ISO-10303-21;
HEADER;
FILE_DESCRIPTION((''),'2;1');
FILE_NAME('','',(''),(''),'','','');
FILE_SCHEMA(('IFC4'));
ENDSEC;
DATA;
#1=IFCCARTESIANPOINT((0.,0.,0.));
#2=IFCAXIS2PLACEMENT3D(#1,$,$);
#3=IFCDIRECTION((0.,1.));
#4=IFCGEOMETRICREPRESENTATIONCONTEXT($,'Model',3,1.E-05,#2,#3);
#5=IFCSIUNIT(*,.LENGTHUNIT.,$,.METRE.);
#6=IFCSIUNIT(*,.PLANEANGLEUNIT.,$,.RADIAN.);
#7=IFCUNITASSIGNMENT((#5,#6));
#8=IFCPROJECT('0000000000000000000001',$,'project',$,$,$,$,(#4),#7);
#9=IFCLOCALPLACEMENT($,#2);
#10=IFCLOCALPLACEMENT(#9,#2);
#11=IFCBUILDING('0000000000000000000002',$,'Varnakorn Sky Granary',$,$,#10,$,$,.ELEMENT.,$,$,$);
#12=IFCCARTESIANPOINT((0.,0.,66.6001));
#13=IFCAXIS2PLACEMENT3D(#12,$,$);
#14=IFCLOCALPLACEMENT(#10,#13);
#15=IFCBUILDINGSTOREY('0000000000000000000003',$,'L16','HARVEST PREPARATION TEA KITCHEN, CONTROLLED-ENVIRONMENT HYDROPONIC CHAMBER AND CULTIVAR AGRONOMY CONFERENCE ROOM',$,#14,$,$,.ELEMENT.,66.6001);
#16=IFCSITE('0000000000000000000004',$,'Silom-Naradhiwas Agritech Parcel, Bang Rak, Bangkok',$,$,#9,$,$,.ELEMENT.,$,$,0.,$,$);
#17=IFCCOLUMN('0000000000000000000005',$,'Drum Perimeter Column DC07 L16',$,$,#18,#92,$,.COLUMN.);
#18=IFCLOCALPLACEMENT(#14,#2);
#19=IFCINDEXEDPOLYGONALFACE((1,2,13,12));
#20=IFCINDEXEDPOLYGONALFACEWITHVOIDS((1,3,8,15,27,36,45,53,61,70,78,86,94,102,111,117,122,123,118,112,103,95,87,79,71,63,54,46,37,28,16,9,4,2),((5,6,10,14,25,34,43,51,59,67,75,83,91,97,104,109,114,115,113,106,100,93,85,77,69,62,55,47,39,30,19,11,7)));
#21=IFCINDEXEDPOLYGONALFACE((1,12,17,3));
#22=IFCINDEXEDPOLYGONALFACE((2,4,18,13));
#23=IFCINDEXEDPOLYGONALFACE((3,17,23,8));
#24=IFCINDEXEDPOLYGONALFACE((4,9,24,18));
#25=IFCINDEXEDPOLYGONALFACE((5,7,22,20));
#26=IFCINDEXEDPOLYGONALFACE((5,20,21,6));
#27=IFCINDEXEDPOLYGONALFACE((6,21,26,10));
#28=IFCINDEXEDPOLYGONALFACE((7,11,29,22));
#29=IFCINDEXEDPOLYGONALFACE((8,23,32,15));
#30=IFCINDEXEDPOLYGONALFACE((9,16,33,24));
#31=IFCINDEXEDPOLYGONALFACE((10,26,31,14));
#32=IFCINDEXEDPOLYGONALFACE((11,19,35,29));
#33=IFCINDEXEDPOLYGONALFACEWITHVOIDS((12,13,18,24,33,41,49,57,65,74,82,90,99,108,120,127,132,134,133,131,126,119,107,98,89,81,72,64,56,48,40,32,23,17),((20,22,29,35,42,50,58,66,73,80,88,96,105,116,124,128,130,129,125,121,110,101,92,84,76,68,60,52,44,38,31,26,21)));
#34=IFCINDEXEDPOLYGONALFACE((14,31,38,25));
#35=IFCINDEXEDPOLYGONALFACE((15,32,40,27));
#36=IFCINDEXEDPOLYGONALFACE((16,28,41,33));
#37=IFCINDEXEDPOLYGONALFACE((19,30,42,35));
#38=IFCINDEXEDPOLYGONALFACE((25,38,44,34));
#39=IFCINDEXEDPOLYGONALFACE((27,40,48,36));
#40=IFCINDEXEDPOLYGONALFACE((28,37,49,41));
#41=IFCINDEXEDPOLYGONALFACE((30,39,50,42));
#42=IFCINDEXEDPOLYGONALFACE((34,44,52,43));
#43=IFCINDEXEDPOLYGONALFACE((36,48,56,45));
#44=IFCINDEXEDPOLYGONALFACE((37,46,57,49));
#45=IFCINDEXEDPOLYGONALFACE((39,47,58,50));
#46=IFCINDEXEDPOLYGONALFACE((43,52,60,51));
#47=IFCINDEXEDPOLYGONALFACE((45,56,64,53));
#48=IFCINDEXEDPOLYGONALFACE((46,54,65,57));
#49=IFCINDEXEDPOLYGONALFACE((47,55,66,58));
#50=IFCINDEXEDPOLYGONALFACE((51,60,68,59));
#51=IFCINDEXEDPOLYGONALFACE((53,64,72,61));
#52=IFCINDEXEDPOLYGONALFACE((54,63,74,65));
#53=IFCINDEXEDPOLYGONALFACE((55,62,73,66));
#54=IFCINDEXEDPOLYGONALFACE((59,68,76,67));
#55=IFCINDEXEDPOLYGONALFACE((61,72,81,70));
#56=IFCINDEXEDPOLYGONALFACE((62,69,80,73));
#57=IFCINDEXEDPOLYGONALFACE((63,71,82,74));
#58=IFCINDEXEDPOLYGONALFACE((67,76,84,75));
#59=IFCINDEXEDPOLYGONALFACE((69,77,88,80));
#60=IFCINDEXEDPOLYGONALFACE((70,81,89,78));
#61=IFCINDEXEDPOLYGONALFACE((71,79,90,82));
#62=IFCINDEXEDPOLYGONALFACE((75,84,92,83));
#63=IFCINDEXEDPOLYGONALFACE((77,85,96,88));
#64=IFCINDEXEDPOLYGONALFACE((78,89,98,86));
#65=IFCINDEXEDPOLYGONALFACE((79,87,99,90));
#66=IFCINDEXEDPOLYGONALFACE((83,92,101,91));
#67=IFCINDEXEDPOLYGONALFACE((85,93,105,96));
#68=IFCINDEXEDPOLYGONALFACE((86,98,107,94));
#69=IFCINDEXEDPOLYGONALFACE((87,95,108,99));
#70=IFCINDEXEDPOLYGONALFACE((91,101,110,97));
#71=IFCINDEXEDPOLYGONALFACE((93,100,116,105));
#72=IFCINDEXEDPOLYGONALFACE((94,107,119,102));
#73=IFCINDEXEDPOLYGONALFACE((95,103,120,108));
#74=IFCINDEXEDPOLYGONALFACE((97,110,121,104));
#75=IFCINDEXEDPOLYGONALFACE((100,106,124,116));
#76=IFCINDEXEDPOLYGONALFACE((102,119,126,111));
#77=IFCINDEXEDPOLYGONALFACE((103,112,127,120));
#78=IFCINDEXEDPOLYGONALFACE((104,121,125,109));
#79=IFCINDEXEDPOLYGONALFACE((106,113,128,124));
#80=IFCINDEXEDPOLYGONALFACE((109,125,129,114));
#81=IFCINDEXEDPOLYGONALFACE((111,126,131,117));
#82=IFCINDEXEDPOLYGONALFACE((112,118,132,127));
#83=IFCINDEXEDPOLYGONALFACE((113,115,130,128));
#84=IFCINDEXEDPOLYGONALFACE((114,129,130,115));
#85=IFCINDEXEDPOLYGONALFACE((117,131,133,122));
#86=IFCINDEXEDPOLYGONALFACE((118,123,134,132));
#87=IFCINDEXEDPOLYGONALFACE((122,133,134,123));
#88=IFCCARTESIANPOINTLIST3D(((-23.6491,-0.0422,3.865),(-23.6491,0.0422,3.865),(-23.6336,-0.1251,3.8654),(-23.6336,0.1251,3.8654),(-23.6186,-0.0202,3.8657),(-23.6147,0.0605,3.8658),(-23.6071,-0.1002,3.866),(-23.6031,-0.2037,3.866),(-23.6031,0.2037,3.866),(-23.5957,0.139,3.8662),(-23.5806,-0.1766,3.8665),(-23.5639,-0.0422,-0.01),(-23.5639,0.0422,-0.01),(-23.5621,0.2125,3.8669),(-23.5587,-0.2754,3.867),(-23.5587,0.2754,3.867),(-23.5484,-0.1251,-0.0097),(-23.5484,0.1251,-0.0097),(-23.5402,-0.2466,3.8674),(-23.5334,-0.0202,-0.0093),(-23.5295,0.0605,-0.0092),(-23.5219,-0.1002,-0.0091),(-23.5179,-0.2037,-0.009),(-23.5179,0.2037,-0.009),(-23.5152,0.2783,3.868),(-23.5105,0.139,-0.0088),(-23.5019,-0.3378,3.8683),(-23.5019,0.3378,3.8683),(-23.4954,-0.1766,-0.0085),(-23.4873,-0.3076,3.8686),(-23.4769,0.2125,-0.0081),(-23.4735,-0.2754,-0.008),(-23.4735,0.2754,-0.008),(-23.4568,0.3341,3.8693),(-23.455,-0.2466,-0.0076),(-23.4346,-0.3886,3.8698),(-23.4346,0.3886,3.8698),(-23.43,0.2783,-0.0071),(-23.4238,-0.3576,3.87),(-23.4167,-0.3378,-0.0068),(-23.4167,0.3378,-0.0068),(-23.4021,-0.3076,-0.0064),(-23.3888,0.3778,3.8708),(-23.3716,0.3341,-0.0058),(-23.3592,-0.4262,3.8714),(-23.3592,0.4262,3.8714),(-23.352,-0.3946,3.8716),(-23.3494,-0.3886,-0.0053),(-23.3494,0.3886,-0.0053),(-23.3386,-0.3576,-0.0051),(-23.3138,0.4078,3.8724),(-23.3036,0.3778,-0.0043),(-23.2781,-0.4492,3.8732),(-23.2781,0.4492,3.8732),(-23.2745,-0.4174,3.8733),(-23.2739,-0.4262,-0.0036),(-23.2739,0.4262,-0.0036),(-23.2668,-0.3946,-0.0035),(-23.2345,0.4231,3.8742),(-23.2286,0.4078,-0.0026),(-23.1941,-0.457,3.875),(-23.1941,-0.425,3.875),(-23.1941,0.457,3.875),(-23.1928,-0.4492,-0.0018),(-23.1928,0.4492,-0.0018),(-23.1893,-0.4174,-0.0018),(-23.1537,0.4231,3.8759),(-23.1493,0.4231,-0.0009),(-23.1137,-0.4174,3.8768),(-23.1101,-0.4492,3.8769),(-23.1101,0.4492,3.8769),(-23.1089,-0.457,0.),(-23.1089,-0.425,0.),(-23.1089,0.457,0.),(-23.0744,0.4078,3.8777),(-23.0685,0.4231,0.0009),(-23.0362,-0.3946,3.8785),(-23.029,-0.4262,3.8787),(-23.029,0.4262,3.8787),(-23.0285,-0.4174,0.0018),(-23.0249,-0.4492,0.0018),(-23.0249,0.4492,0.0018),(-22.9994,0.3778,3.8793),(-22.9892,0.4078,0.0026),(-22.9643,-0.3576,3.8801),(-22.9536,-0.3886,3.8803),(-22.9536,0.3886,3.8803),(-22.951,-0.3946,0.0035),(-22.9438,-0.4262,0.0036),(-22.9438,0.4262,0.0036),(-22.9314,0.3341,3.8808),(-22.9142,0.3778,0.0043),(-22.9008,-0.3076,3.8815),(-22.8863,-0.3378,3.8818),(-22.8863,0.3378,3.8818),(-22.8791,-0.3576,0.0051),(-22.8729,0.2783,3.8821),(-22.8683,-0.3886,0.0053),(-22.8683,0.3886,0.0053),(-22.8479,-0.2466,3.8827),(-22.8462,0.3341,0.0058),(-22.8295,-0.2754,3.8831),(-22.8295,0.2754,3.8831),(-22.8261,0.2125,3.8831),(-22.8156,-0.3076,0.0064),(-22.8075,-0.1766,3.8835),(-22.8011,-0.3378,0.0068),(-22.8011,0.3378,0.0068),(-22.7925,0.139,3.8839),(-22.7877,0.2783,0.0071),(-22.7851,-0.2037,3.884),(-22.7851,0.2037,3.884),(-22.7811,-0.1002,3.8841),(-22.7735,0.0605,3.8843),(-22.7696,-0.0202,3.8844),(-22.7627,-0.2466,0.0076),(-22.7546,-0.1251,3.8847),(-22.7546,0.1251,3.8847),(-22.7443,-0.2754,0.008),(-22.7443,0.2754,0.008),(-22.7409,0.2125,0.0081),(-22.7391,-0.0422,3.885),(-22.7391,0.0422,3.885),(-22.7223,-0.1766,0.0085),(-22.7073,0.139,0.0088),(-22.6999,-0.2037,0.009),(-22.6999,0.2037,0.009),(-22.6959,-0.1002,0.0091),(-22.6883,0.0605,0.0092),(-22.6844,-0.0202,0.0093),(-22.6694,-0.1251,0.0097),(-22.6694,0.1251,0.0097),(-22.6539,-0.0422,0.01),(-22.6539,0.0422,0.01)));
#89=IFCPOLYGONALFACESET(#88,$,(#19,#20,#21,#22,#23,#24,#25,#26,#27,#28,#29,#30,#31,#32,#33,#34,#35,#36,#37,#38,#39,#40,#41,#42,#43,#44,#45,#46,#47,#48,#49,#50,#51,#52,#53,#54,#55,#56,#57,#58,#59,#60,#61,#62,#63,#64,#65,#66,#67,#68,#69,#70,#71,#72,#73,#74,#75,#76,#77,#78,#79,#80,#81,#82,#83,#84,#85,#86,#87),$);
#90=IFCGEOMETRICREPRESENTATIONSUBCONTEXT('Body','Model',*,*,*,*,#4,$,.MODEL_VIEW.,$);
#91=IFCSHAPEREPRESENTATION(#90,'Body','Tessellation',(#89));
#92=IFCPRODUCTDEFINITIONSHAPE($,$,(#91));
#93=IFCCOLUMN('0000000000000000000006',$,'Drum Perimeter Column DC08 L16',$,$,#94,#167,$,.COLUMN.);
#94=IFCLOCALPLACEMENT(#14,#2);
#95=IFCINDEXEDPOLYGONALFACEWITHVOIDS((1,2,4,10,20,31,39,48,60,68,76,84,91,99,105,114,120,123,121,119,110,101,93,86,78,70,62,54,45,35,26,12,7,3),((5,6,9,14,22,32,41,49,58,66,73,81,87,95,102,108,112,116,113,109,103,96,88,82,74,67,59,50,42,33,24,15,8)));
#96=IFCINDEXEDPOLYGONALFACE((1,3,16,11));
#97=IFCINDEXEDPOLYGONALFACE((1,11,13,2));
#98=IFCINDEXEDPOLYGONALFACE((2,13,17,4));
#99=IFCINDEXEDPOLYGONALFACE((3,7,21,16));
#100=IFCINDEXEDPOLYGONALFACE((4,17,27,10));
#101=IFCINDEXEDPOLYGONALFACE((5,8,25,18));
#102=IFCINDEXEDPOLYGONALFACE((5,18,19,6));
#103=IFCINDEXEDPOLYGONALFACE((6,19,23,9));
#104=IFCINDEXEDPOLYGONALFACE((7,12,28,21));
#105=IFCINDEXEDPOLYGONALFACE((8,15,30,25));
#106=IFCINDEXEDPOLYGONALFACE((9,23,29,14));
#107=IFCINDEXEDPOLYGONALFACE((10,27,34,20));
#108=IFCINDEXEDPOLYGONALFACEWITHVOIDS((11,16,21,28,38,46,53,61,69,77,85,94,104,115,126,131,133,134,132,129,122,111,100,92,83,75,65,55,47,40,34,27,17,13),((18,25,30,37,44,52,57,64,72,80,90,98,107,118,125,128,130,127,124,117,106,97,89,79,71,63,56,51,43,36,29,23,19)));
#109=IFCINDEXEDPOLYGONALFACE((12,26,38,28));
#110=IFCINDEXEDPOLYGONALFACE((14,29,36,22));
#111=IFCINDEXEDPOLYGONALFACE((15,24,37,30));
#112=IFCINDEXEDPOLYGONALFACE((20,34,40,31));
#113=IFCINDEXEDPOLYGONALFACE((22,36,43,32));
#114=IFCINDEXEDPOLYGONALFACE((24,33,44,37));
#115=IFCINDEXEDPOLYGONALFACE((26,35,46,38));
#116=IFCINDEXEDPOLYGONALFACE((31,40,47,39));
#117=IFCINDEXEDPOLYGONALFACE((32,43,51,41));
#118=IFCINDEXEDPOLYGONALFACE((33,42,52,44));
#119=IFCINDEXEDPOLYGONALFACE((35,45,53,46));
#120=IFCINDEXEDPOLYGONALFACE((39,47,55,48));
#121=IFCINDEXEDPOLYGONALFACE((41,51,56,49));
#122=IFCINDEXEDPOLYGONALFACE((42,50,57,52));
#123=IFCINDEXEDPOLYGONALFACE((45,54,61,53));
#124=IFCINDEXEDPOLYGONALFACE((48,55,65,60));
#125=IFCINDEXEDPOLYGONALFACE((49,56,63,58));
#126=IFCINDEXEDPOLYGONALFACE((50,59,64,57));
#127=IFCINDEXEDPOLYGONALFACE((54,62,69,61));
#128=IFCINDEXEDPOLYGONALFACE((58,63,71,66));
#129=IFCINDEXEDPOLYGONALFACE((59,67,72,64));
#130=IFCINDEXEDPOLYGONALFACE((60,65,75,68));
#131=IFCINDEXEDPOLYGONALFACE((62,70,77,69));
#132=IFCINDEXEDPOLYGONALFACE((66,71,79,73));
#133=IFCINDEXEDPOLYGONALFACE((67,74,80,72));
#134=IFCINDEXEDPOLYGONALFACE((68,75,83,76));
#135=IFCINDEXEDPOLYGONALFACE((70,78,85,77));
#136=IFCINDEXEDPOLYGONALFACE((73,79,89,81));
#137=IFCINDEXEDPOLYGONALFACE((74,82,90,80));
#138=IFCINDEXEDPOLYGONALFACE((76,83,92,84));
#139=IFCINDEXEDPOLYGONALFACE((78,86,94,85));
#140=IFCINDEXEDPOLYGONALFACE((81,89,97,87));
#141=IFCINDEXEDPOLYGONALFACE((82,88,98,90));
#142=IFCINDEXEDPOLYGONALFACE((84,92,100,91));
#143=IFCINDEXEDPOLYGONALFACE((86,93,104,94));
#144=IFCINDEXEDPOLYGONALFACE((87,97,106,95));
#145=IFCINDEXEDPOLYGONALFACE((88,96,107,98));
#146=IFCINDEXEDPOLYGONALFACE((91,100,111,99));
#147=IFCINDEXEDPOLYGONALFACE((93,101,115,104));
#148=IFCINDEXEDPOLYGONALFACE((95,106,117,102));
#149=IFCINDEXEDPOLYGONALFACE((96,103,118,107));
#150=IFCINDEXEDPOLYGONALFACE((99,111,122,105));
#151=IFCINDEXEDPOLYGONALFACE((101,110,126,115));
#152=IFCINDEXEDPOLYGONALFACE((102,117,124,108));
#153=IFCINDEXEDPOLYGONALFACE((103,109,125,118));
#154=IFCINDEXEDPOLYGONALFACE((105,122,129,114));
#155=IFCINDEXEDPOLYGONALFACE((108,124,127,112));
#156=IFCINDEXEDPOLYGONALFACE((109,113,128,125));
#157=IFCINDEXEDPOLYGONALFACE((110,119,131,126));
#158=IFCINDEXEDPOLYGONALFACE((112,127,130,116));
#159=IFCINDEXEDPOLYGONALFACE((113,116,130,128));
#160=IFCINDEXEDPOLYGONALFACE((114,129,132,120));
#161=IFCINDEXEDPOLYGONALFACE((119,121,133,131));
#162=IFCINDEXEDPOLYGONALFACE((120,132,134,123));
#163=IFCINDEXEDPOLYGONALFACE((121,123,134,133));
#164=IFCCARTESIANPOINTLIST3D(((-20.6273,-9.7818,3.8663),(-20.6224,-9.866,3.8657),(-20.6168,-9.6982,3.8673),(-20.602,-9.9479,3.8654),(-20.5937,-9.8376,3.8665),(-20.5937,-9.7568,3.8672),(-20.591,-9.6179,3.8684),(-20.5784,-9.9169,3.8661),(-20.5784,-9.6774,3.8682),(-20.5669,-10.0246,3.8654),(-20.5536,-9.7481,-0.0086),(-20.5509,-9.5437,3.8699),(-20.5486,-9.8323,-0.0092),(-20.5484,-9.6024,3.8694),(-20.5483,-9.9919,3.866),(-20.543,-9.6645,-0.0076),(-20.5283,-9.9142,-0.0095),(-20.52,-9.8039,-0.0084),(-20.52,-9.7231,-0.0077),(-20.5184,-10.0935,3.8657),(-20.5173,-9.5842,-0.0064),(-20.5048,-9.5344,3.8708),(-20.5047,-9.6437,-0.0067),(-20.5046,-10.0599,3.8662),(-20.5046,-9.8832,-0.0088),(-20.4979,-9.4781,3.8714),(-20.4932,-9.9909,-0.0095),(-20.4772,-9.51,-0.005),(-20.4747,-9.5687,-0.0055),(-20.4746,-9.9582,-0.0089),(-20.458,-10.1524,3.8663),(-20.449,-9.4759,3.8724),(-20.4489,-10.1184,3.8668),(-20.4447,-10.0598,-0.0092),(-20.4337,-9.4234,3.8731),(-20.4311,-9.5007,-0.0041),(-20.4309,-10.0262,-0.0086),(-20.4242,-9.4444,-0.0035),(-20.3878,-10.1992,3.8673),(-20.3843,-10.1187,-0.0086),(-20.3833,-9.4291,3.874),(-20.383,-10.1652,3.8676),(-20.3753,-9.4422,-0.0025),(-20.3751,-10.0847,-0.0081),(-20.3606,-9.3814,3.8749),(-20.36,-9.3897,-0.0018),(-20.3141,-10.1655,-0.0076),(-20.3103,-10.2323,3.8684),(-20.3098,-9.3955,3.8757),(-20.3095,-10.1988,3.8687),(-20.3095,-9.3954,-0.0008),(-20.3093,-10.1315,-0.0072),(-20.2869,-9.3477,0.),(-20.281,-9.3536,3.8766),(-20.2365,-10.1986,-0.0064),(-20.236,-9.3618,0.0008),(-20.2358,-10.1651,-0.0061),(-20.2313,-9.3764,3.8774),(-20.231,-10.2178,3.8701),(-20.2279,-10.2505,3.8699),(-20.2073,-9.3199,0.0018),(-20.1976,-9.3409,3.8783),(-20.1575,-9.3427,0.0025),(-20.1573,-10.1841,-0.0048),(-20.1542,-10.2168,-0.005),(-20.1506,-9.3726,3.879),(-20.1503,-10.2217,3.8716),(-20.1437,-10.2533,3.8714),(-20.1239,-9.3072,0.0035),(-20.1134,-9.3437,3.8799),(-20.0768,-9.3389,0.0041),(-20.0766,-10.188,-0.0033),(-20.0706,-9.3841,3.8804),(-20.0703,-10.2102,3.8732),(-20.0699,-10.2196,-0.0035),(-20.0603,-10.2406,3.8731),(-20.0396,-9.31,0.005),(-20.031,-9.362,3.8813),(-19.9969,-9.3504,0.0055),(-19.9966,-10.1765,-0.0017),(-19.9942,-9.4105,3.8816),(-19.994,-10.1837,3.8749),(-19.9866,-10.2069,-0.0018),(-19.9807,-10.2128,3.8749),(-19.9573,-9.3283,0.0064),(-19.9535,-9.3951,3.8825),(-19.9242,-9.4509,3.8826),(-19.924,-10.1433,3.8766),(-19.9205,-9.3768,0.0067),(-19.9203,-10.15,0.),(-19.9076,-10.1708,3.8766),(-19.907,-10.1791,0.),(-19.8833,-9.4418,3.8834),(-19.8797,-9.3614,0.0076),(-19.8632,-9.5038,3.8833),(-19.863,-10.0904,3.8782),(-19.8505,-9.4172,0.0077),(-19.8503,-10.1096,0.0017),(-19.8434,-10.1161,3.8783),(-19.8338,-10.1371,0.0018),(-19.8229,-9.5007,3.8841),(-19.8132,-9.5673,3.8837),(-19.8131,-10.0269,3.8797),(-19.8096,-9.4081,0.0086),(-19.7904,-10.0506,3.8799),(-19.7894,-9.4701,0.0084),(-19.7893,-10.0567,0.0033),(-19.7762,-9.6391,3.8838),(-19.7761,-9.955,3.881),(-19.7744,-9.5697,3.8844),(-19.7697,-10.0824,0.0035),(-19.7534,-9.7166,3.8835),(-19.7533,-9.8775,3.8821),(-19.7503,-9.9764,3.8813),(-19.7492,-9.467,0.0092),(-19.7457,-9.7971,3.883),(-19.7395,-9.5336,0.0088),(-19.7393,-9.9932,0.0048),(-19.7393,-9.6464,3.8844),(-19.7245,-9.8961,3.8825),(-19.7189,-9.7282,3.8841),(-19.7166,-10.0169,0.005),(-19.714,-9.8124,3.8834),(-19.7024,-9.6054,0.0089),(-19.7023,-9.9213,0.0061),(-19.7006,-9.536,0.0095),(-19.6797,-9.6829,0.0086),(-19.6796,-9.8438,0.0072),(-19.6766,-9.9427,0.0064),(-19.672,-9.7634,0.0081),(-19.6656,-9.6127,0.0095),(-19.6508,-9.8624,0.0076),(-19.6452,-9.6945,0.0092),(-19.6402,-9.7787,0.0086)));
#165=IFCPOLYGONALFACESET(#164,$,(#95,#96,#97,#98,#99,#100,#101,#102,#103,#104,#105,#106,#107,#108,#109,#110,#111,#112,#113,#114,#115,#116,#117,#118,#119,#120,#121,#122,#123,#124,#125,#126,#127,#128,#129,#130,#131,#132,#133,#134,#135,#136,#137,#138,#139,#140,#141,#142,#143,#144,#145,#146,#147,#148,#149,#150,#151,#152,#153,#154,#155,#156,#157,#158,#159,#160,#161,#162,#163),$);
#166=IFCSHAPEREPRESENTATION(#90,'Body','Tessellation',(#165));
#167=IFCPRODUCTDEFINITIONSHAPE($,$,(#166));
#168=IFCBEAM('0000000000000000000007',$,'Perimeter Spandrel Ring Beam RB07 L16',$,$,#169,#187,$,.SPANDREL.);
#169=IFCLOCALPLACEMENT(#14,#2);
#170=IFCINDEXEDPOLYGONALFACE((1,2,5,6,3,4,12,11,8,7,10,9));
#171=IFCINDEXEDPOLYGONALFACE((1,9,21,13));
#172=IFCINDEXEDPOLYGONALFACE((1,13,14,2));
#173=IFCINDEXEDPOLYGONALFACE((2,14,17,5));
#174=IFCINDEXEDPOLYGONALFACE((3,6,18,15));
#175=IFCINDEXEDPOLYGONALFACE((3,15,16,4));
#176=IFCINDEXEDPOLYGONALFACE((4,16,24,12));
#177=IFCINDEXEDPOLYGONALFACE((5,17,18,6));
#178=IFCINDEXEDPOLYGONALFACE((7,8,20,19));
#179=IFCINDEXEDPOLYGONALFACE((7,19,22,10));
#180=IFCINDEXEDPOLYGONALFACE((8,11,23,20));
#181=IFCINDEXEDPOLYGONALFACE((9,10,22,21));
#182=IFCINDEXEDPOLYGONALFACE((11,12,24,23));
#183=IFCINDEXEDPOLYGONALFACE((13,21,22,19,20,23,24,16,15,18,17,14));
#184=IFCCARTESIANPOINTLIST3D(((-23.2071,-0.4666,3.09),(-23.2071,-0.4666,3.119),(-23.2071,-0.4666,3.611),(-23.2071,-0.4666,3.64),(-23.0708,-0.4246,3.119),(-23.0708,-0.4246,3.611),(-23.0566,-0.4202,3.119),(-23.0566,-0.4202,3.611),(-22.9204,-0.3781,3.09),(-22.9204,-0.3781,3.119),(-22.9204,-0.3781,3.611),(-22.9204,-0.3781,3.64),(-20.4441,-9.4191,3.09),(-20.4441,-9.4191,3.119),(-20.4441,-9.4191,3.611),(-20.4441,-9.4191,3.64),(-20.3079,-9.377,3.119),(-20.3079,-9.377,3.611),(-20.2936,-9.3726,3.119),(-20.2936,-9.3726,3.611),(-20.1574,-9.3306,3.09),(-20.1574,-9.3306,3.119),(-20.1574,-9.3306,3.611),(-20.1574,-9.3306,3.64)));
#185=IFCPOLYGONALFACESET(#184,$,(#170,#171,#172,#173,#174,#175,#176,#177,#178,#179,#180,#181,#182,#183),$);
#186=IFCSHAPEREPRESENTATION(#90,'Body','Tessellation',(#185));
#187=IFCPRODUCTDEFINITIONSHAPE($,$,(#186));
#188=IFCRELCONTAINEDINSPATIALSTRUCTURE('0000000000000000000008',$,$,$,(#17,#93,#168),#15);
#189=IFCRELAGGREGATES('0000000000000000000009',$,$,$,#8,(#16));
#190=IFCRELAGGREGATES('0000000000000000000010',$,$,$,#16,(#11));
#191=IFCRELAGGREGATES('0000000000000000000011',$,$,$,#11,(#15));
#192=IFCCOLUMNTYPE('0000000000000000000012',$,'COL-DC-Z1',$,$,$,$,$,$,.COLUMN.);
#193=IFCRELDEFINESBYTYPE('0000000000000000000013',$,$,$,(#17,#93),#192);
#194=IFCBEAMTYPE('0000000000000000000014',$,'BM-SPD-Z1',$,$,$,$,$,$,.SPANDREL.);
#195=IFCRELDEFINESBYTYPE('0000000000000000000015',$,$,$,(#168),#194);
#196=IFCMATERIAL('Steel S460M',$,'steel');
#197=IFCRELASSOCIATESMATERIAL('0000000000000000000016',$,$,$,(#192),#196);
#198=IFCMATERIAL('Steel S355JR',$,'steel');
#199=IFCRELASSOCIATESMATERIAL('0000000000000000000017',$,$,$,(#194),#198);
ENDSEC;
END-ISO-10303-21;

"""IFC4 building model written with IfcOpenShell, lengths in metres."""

from ifc_helpers import new_model, si_unit, direction, frame, origin, origin_2d, place, context, subcontext, project, spatial, hollow_circle, i_section, extrude, material, material_profile, profile_set, type_object, element, save


model = new_model("IFC4")

# Units and contexts
model_context = context("Model", 3, precision=1e-05, world=origin(), true_north=direction((0.0, 1.0)))
body_context = subcontext(model_context, "Body", "Model", "MODEL_VIEW")
ifc_project = project(units=[si_unit("LENGTHUNIT", "METRE"), si_unit("PLANEANGLEUNIT", "RADIAN")], contexts=[model_context])

# Site, building, storey
site_placement = place(None, origin())
site = spatial("IfcSite", under=ifc_project, at=site_placement, Name="Silom-Naradhiwas Agritech Parcel, Bang Rak, Bangkok", CompositionType="ELEMENT", RefElevation=0.0)
building_placement = place(site_placement, origin())
building = spatial("IfcBuilding", under=site, at=building_placement, Name="Varnakorn Sky Granary", CompositionType="ELEMENT")
storey_placement = place(building_placement, frame((0.0, 0.0, 66.6001)))
storey = spatial("IfcBuildingStorey", under=building, at=storey_placement, Name="L16", Description="HARVEST PREPARATION TEA KITCHEN, CONTROLLED-ENVIRONMENT HYDROPONIC CHAMBER AND CULTIVAR AGRONOMY CONFERENCE ROOM", CompositionType="ELEMENT", Elevation=66.6001)

# Columns
ifc_material_1 = material(Name="Steel S460M", Category="steel")
ifc_material_profile_1 = material_profile(ifc_material_1, hollow_circle(Radius=0.457, WallThickness=0.032, at=origin_2d()), Name="CHS 914x32")
ifc_profile_set_1 = profile_set([ifc_material_profile_1], Name="Steel S460M")
column_type = type_object("IfcColumnType", Name="COL-DC-Z1", PredefinedType="COLUMN", material=ifc_profile_set_1)
column_1_placement = place(storey_placement, frame((-23.1089, 0.0, 0.0), z_axis=(-0.021983, 0.0, 0.999758), x_axis=(0.0, -1.0, 0.0)))
element("IfcColumn", 1, at=column_1_placement, inside=storey, type_object=column_type, Name="Drum Perimeter Column DC07 L16", PredefinedType="COLUMN", context=body_context, shape_type="SweptSolid", body=[
    extrude(hollow_circle(Radius=0.457, WallThickness=0.032, at=origin_2d()), origin(), (0.0, 0.0, 1.0), 3.876),
])
column_2_placement = place(storey_placement, frame((-20.0969, -9.7634, 0.0), z_axis=(-0.019023, -0.008693, 0.999781), x_axis=(0.415617, -0.90954, 0.0)))
element("IfcColumn", 2, at=column_2_placement, inside=storey, type_object=column_type, Name="Drum Perimeter Column DC08 L16", PredefinedType="COLUMN", context=body_context, shape_type="SweptSolid", body=[
    extrude(hollow_circle(Radius=0.457, WallThickness=0.032, at=origin_2d()), origin(), (0.0, 0.0, 1.0), 3.8757),
])

# Beam
ifc_material_2 = material(Name="Steel S355JR", Category="steel")
ifc_material_profile_2 = material_profile(ifc_material_2, i_section(OverallWidth=0.3, OverallDepth=0.55, WebThickness=0.0149, FlangeThickness=0.0291, at=origin_2d()), Name="HE 550 B")
ifc_profile_set_2 = profile_set([ifc_material_profile_2], Name="Steel S355JR")
beam_type = type_object("IfcBeamType", Name="BM-SPD-Z1", PredefinedType="SPANDREL", material=ifc_profile_set_2)
beam_1_placement = place(storey_placement, frame((-23.0637, -0.4224, 3.365), z_axis=(0.294901, -0.955528, 0.0), x_axis=(0.955528, 0.294901, 0.0)))
element("IfcBeam", 3, at=beam_1_placement, inside=storey, type_object=beam_type, Name="Perimeter Spandrel Ring Beam RB07 L16", PredefinedType="SPANDREL", context=body_context, shape_type="SweptSolid", body=[
    extrude(i_section(OverallWidth=0.3, OverallDepth=0.55, WebThickness=0.0149, FlangeThickness=0.0291, at=origin_2d()), origin(), (0.0, 0.0, 1.0), 9.3691),
])

save(model, "model.ifc")
